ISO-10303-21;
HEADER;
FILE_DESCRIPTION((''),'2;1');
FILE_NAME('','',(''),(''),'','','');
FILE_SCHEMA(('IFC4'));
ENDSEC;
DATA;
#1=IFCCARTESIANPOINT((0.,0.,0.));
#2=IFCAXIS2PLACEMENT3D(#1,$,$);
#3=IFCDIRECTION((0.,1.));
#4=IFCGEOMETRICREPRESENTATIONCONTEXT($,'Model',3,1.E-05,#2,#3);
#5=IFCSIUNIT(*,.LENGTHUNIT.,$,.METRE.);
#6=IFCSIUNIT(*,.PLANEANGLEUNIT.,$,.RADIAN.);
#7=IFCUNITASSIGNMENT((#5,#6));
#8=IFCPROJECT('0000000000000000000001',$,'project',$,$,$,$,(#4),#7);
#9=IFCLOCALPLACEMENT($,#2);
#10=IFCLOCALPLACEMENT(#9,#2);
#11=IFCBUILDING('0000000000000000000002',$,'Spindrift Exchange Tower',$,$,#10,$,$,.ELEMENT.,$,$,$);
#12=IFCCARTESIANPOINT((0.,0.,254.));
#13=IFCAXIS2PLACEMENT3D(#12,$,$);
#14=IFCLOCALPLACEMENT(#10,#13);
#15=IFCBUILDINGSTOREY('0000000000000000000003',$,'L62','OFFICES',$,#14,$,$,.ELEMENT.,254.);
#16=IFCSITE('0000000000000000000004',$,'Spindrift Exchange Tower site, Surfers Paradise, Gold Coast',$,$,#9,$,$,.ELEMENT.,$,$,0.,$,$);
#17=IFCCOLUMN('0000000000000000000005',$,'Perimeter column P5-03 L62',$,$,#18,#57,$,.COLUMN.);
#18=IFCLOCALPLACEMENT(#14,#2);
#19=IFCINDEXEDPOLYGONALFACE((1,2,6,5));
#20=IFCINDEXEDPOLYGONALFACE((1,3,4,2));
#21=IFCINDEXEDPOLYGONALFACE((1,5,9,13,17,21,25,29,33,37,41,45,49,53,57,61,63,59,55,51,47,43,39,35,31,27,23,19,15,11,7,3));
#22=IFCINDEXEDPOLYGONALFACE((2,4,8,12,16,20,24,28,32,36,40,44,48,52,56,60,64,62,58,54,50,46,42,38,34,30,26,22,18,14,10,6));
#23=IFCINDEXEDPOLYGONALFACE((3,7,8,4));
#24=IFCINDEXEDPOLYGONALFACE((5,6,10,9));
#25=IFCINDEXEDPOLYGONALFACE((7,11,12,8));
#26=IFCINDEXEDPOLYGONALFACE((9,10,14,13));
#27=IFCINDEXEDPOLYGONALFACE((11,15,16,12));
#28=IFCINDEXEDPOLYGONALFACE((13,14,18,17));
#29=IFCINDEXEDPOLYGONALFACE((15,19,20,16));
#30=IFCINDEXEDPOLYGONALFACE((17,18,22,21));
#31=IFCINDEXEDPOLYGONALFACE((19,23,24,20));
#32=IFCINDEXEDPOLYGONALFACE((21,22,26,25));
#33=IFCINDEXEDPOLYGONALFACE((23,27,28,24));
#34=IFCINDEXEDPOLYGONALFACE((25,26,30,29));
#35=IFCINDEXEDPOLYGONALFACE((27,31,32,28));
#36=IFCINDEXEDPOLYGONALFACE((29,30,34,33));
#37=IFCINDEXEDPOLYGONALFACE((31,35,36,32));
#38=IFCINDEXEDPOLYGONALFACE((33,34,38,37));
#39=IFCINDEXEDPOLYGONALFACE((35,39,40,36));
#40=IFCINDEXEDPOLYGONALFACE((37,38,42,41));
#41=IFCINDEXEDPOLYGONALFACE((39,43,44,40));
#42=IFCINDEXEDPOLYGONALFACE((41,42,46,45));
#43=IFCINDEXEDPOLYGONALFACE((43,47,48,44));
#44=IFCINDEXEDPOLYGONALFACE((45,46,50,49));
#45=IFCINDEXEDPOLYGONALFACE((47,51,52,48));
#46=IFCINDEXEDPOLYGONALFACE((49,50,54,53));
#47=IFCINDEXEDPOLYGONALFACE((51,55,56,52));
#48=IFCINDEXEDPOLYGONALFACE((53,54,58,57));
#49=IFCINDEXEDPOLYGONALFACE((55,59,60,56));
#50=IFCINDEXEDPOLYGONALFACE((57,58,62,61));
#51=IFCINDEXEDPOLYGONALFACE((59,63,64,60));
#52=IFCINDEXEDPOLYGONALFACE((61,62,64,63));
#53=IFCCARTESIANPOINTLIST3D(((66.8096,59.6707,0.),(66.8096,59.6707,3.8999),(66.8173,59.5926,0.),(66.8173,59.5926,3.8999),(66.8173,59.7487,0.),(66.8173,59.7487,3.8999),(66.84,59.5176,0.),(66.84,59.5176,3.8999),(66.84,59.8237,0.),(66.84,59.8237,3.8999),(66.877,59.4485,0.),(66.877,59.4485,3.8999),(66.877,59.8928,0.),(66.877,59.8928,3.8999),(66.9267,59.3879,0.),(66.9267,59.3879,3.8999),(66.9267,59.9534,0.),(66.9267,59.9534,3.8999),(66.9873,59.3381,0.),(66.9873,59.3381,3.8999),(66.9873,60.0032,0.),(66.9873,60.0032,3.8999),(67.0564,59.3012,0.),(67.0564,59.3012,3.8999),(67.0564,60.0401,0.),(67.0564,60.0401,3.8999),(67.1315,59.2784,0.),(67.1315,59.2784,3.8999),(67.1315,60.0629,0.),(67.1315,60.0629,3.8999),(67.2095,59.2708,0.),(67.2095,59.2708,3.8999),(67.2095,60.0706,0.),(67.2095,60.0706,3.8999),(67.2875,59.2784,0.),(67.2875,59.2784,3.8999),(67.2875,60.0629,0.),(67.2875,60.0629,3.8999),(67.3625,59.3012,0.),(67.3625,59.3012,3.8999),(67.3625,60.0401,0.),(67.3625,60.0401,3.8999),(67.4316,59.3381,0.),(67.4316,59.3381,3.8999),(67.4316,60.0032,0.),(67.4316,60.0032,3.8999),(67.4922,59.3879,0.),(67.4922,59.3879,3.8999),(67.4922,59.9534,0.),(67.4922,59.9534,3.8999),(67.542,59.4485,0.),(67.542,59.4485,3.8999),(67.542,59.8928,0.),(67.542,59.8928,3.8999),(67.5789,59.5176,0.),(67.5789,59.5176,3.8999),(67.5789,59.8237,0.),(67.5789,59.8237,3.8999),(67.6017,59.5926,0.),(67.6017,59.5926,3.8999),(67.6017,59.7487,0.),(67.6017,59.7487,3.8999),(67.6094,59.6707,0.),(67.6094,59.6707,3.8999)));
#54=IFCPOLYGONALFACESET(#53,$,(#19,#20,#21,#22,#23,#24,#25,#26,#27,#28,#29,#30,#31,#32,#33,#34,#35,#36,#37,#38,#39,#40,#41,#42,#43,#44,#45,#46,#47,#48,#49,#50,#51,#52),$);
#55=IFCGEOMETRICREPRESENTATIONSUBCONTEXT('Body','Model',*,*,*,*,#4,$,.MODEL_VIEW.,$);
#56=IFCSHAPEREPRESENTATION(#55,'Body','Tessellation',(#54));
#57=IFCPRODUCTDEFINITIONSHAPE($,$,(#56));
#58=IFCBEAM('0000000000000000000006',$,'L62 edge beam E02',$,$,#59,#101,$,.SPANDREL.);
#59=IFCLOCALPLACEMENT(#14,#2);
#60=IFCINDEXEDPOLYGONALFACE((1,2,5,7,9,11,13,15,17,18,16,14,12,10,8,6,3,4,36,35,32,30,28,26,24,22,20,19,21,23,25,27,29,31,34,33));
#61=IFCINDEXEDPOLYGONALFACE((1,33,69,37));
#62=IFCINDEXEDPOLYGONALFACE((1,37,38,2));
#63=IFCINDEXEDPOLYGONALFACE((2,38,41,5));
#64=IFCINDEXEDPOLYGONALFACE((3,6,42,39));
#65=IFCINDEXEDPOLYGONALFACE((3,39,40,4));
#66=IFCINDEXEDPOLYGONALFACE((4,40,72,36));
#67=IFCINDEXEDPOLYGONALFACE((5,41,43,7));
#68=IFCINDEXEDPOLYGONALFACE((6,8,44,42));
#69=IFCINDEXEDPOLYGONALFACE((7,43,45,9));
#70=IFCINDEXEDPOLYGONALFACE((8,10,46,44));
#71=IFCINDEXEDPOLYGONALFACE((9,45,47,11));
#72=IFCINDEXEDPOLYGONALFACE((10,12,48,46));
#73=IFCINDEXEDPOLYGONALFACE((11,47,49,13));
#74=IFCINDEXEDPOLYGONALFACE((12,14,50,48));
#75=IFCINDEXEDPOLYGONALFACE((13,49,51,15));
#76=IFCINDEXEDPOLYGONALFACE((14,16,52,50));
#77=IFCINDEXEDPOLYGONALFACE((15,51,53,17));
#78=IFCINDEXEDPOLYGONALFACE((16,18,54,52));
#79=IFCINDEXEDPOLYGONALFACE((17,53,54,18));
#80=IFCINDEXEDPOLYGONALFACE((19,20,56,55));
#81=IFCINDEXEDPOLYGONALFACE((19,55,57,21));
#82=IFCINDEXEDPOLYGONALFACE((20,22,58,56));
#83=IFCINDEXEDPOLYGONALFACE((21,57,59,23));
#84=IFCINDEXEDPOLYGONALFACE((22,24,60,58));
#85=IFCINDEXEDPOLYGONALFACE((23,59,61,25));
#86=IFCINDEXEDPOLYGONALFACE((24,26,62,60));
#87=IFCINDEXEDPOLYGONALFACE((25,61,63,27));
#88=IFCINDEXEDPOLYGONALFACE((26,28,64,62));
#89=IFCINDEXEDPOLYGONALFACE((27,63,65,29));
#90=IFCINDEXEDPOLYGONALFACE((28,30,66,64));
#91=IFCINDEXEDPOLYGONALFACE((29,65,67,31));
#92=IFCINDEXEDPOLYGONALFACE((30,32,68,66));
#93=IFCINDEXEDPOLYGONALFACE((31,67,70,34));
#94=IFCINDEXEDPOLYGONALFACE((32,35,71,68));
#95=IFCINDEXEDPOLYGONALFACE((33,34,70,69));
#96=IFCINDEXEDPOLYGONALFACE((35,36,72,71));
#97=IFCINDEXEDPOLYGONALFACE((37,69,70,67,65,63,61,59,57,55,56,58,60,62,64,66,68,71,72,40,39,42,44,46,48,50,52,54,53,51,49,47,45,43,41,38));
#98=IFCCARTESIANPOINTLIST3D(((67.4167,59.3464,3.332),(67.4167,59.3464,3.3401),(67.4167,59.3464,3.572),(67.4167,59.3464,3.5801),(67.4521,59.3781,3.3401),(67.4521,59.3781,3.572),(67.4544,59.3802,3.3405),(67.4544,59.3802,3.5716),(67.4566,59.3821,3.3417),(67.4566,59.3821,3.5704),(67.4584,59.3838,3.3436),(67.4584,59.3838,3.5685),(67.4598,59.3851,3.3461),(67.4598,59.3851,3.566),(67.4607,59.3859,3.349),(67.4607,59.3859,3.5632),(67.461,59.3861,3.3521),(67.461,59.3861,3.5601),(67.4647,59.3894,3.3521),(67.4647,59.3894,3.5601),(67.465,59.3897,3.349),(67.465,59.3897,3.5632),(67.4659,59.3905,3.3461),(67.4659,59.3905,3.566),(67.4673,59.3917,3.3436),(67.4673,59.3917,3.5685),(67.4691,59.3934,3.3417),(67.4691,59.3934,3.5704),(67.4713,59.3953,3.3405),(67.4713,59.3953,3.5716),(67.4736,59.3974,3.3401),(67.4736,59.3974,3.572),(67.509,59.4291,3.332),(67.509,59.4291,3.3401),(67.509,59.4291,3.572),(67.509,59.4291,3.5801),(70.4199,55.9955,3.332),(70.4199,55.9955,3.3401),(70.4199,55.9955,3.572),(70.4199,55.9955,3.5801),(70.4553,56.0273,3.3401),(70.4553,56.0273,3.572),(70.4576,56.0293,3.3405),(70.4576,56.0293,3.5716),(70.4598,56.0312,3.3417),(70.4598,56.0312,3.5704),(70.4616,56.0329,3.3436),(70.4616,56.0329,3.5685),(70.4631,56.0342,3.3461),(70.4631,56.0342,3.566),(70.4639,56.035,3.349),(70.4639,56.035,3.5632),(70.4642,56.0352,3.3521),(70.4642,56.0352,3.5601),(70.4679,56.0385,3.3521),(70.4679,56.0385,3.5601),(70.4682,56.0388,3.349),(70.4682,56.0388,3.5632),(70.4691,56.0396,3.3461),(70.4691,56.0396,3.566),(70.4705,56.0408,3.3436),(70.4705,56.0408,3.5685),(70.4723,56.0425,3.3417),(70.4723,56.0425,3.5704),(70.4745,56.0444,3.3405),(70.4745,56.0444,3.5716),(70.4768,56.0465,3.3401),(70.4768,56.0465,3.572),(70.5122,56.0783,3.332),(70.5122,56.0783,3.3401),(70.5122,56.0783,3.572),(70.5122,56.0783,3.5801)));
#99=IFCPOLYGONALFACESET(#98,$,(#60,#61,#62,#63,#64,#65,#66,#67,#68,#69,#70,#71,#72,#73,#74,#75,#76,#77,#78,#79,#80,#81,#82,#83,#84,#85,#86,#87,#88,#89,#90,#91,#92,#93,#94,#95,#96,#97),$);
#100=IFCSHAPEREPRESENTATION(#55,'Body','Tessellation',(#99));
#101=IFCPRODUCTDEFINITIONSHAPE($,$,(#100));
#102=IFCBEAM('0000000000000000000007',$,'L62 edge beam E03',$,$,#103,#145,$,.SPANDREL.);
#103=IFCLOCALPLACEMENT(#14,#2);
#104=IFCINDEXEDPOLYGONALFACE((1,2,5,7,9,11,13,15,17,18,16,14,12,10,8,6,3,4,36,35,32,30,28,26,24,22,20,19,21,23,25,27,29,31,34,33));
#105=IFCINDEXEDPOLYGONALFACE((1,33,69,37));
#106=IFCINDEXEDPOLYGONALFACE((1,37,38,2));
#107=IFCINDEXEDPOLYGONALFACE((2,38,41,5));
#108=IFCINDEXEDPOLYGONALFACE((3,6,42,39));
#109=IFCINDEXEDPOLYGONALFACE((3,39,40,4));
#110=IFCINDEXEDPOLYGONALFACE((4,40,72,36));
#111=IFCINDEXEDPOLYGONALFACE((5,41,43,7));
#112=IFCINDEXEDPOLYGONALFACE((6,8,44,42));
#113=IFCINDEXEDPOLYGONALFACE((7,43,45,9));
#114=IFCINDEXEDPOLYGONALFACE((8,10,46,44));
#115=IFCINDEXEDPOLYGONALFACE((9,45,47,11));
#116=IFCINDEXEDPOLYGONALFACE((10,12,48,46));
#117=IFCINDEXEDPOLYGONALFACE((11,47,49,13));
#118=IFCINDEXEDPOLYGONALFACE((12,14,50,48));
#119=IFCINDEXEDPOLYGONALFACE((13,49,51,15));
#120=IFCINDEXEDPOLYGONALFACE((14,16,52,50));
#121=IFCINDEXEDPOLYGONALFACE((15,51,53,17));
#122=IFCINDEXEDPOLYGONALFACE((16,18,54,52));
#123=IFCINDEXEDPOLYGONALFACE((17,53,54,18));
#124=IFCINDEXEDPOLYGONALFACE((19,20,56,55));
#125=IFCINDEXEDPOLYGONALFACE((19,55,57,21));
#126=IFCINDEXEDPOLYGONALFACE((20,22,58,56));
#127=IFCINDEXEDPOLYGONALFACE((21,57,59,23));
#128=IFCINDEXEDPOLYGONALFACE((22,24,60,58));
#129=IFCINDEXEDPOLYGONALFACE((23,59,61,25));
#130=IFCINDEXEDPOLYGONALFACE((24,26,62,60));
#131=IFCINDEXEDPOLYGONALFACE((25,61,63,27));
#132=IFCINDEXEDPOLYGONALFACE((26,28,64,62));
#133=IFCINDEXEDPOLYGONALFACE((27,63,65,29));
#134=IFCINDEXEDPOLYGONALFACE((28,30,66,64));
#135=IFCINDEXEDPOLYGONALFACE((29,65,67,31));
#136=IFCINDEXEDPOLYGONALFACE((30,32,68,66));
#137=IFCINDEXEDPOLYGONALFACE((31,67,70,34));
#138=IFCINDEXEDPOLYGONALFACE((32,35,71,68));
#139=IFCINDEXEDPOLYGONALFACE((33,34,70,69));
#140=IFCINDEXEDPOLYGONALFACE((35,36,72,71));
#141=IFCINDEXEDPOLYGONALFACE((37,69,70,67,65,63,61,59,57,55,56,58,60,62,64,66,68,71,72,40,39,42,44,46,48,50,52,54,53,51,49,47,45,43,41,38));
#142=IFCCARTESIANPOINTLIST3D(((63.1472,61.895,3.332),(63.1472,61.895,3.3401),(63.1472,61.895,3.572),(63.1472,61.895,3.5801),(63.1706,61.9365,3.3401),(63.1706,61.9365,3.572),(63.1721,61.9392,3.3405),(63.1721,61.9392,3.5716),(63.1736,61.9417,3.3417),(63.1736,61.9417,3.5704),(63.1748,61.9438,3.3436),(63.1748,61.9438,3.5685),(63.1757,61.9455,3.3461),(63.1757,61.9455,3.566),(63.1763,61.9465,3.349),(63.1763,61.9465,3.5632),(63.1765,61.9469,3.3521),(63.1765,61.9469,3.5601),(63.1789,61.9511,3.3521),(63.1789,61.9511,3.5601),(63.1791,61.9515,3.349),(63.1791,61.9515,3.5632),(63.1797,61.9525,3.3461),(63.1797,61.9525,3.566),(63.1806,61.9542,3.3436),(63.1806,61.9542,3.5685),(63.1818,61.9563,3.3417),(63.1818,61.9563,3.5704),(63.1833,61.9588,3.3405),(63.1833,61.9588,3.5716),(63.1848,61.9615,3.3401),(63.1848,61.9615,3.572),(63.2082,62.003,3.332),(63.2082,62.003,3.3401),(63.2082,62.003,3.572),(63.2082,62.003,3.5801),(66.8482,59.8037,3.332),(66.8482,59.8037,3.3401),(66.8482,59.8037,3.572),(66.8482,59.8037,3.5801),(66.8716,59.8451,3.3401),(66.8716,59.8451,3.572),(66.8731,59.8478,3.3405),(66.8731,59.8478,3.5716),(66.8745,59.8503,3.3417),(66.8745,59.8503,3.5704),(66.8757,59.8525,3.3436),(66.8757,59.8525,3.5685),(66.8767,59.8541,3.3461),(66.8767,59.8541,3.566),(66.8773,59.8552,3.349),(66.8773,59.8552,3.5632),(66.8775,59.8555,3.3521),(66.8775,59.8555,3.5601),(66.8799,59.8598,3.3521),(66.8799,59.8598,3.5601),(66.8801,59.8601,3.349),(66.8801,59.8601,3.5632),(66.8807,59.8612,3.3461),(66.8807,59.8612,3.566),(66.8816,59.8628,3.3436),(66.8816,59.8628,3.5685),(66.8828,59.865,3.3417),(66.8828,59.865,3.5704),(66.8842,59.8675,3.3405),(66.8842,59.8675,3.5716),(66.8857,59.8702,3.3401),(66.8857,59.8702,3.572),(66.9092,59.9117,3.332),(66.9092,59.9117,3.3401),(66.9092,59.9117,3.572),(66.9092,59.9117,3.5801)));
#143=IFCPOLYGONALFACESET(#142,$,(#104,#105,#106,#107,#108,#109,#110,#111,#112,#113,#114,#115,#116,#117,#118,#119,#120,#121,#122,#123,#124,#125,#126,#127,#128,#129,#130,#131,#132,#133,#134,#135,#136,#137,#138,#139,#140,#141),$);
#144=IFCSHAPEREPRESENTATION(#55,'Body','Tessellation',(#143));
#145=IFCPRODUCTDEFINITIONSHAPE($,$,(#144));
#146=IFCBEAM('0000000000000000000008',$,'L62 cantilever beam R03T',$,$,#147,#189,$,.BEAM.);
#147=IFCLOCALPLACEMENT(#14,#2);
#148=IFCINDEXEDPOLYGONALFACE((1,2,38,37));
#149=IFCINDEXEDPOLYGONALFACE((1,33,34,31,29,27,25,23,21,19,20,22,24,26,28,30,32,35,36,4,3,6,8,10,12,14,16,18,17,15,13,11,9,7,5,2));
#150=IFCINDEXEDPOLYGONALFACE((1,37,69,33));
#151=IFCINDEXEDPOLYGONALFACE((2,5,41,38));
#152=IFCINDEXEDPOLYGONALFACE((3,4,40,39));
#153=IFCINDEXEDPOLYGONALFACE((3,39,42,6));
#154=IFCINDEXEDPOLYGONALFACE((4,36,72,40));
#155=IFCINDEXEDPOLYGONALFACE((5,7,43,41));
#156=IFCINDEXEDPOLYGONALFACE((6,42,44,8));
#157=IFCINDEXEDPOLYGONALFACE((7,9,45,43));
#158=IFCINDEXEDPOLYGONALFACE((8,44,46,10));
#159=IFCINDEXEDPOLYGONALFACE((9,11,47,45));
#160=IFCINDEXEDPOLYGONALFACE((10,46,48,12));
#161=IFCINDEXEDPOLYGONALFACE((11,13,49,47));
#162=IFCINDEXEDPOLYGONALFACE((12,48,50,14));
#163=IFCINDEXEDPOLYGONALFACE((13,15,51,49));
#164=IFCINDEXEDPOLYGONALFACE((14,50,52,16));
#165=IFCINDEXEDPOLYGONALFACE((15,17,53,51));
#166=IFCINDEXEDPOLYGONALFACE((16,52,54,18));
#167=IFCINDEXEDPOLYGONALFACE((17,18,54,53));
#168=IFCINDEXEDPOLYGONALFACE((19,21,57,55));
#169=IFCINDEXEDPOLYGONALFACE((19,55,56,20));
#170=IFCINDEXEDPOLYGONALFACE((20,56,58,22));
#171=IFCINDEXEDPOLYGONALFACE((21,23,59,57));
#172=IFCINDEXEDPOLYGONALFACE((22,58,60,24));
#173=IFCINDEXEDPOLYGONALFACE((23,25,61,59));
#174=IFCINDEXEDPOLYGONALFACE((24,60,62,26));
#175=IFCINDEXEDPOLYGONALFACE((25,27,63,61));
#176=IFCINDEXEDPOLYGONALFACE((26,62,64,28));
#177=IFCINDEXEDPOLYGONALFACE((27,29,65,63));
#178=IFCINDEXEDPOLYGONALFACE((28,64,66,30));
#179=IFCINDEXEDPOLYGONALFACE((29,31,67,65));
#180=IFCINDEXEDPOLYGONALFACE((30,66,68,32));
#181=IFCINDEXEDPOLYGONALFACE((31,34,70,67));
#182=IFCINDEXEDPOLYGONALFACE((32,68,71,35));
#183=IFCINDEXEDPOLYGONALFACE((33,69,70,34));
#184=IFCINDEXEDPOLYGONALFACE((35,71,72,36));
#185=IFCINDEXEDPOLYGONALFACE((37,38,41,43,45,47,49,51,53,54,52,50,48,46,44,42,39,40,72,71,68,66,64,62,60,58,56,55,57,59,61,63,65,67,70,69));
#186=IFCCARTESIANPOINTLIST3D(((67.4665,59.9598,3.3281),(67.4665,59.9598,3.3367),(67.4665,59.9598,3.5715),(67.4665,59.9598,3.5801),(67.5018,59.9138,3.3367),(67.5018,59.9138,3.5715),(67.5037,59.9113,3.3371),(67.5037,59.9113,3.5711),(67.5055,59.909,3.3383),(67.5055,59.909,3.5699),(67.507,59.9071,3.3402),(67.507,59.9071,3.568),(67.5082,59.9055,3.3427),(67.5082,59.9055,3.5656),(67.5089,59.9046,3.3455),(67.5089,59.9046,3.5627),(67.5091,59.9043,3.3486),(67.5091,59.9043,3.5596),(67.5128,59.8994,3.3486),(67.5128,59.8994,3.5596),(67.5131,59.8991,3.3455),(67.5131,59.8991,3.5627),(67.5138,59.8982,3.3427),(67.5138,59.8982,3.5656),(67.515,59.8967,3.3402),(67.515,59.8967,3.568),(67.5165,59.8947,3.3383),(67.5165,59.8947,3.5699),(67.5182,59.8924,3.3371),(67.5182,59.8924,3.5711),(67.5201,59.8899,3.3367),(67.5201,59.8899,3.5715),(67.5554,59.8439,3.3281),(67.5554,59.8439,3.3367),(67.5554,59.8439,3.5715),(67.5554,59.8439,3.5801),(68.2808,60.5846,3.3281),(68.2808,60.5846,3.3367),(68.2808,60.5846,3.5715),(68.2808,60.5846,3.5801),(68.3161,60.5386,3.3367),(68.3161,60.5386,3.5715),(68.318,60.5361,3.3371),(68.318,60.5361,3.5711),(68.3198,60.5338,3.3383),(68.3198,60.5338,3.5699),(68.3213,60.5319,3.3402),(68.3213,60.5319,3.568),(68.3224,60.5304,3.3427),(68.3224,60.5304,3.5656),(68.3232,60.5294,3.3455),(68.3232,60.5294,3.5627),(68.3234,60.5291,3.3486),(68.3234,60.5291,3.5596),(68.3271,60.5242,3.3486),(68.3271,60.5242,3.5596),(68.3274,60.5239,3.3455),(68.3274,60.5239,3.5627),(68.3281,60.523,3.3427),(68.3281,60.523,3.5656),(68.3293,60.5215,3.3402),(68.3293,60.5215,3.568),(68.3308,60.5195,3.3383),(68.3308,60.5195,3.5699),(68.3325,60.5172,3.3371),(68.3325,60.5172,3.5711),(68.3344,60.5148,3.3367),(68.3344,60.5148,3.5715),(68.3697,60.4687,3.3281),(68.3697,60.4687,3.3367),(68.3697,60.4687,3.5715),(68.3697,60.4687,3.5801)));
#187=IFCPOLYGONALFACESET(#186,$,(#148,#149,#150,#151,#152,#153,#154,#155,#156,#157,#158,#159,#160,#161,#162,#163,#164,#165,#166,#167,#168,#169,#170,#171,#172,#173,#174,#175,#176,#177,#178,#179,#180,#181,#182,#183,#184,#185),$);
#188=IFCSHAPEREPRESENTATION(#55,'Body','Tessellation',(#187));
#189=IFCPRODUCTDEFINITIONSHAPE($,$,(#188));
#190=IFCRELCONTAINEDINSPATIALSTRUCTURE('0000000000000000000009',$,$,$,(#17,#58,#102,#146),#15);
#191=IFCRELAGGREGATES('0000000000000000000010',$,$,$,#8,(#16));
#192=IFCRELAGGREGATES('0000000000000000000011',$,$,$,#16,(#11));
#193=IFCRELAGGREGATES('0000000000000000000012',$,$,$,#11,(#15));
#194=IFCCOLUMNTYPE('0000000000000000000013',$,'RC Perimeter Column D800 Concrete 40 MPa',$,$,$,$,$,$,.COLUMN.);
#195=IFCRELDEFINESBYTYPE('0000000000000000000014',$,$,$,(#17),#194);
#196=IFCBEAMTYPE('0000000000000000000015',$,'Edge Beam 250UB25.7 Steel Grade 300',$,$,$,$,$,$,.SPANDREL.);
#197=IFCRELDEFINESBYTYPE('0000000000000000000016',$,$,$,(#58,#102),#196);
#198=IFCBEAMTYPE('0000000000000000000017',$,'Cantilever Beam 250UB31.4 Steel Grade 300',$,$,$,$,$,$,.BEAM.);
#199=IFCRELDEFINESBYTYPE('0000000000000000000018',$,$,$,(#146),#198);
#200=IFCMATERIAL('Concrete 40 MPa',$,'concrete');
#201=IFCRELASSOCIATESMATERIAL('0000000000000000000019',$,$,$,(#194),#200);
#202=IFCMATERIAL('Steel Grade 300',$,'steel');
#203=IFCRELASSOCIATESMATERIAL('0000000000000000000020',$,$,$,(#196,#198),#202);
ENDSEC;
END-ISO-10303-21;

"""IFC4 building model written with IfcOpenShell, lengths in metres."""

from ifc_helpers import new_model, si_unit, direction, frame, origin, origin_2d, place, context, subcontext, project, spatial, circle, i_section, extrude, source, transform, mapped, material, material_profile, profile_set, type_object, element, save


model = new_model("IFC4")

# Units and contexts
model_context = context("Model", 3, precision=1e-05, world=origin(), true_north=direction((0.0, 1.0)))
body_context = subcontext(model_context, "Body", "Model", "MODEL_VIEW")
ifc_project = project(units=[si_unit("LENGTHUNIT", "METRE"), si_unit("PLANEANGLEUNIT", "RADIAN")], contexts=[model_context])

# Site, building, storey
site_placement = place(None, origin())
site = spatial("IfcSite", under=ifc_project, at=site_placement, Name="Spindrift Exchange Tower site, Surfers Paradise, Gold Coast", CompositionType="ELEMENT", RefElevation=0.0)
building_placement = place(site_placement, origin())
building = spatial("IfcBuilding", under=site, at=building_placement, Name="Spindrift Exchange Tower", CompositionType="ELEMENT")
storey_placement = place(building_placement, frame((0.0, 0.0, 254.0)))
storey = spatial("IfcBuildingStorey", under=building, at=storey_placement, Name="L62", Description="OFFICES", CompositionType="ELEMENT", Elevation=254.0)

# Column
ifc_material_1 = material(Name="Concrete 40 MPa", Category="concrete")
ifc_material_profile_1 = material_profile(ifc_material_1, circle(Radius=0.3999, at=origin_2d()), Name="RC D800")
ifc_profile_set_1 = profile_set([ifc_material_profile_1], Name="Concrete 40 MPa")
column_type = type_object("IfcColumnType", Name="RC Perimeter Column D800 Concrete 40 MPa", PredefinedType="COLUMN", material=ifc_profile_set_1)
shared_shape_1 = source(origin(), body_context, "Body", "SweptSolid", [
    extrude(circle(Radius=0.3999, at=origin_2d()), origin(), (0.0, 0.0, 1.0), 3.8999),
])
column_placement = place(storey_placement, frame((67.2095, 59.6707, 0.0), z_axis=(0.0, 0.0, 1.0), x_axis=(1.0, 0.0, 0.0)))
element("IfcColumn", 1, at=column_placement, inside=storey, type_object=column_type, Name="Perimeter column P5-03 L62", PredefinedType="COLUMN", context=body_context, shape_type="MappedRepresentation", body=[
    mapped(shared_shape_1, transform((0.0, 0.0, 0.0), scale=1.0)),
])

# Beams
ifc_material_2 = material(Name="Steel Grade 300", Category="steel")
ifc_material_profile_2 = material_profile(ifc_material_2, i_section(OverallWidth=0.124, OverallDepth=0.248, WebThickness=0.0049, FlangeThickness=0.0081, FilletRadius=0.012, at=origin_2d()), Name="250UB25.7")
ifc_profile_set_2 = profile_set([ifc_material_profile_2], Name="Steel Grade 300")
beam_type_1 = type_object("IfcBeamType", Name="Edge Beam 250UB25.7 Steel Grade 300", PredefinedType="SPANDREL", material=ifc_profile_set_2)
shared_shape_2 = source(origin(), body_context, "Body", "SweptSolid", [
    extrude(i_section(OverallWidth=0.124, OverallDepth=0.248, WebThickness=0.0049, FlangeThickness=0.0081, FilletRadius=0.012, at=origin_2d()), origin(), (0.0, 0.0, 1.0), 4.4998),
])
beam_1_placement = place(storey_placement, frame((70.4661, 56.0369, 3.4561), z_axis=(-0.66742, 0.744682, 0.0), x_axis=(-0.744682, -0.66742, 0.0)))
element("IfcBeam", 2, at=beam_1_placement, inside=storey, type_object=beam_type_1, Name="L62 edge beam E02", PredefinedType="SPANDREL", context=body_context, shape_type="MappedRepresentation", body=[
    mapped(shared_shape_2, transform((0.0, 0.0, 0.0), scale=1.0)),
])
shared_shape_3 = source(origin(), body_context, "Body", "SweptSolid", [
    extrude(i_section(OverallWidth=0.124, OverallDepth=0.248, WebThickness=0.0049, FlangeThickness=0.0081, FilletRadius=0.012, at=origin_2d()), origin(), (0.0, 0.0, 1.0), 4.251),
])
beam_2_placement = place(storey_placement, frame((66.8787, 59.8577, 3.4561), z_axis=(-0.870615, 0.491965, 0.0), x_axis=(-0.491965, -0.870615, 0.0)))
element("IfcBeam", 3, at=beam_2_placement, inside=storey, type_object=beam_type_1, Name="L62 edge beam E03", PredefinedType="SPANDREL", context=body_context, shape_type="MappedRepresentation", body=[
    mapped(shared_shape_3, transform((0.0, 0.0, 0.0), scale=1.0)),
])
ifc_material_profile_3 = material_profile(ifc_material_2, i_section(OverallWidth=0.146, OverallDepth=0.252, WebThickness=0.0061, FlangeThickness=0.0085, FilletRadius=0.012, at=origin_2d()), Name="250UB31.4")
ifc_profile_set_3 = profile_set([ifc_material_profile_3], Name="Steel Grade 300")
beam_type_2 = type_object("IfcBeamType", Name="Cantilever Beam 250UB31.4 Steel Grade 300", PredefinedType="BEAM", material=ifc_profile_set_3)
shared_shape_4 = source(origin(), body_context, "Body", "SweptSolid", [
    extrude(i_section(OverallWidth=0.146, OverallDepth=0.252, WebThickness=0.0061, FlangeThickness=0.0085, FilletRadius=0.012, at=origin_2d()), origin(), (0.0, 0.0, 1.0), 1.0264),
])
beam_3_placement = place(storey_placement, frame((67.511, 59.9019, 3.4541), z_axis=(0.793357, 0.608756, 0.0), x_axis=(-0.608756, 0.793357, 0.0)))
element("IfcBeam", 4, at=beam_3_placement, inside=storey, type_object=beam_type_2, Name="L62 cantilever beam R03T", PredefinedType="BEAM", context=body_context, shape_type="MappedRepresentation", body=[
    mapped(shared_shape_4, transform((0.0, 0.0, 0.0), scale=1.0)),
])

save(model, "model.ifc")
